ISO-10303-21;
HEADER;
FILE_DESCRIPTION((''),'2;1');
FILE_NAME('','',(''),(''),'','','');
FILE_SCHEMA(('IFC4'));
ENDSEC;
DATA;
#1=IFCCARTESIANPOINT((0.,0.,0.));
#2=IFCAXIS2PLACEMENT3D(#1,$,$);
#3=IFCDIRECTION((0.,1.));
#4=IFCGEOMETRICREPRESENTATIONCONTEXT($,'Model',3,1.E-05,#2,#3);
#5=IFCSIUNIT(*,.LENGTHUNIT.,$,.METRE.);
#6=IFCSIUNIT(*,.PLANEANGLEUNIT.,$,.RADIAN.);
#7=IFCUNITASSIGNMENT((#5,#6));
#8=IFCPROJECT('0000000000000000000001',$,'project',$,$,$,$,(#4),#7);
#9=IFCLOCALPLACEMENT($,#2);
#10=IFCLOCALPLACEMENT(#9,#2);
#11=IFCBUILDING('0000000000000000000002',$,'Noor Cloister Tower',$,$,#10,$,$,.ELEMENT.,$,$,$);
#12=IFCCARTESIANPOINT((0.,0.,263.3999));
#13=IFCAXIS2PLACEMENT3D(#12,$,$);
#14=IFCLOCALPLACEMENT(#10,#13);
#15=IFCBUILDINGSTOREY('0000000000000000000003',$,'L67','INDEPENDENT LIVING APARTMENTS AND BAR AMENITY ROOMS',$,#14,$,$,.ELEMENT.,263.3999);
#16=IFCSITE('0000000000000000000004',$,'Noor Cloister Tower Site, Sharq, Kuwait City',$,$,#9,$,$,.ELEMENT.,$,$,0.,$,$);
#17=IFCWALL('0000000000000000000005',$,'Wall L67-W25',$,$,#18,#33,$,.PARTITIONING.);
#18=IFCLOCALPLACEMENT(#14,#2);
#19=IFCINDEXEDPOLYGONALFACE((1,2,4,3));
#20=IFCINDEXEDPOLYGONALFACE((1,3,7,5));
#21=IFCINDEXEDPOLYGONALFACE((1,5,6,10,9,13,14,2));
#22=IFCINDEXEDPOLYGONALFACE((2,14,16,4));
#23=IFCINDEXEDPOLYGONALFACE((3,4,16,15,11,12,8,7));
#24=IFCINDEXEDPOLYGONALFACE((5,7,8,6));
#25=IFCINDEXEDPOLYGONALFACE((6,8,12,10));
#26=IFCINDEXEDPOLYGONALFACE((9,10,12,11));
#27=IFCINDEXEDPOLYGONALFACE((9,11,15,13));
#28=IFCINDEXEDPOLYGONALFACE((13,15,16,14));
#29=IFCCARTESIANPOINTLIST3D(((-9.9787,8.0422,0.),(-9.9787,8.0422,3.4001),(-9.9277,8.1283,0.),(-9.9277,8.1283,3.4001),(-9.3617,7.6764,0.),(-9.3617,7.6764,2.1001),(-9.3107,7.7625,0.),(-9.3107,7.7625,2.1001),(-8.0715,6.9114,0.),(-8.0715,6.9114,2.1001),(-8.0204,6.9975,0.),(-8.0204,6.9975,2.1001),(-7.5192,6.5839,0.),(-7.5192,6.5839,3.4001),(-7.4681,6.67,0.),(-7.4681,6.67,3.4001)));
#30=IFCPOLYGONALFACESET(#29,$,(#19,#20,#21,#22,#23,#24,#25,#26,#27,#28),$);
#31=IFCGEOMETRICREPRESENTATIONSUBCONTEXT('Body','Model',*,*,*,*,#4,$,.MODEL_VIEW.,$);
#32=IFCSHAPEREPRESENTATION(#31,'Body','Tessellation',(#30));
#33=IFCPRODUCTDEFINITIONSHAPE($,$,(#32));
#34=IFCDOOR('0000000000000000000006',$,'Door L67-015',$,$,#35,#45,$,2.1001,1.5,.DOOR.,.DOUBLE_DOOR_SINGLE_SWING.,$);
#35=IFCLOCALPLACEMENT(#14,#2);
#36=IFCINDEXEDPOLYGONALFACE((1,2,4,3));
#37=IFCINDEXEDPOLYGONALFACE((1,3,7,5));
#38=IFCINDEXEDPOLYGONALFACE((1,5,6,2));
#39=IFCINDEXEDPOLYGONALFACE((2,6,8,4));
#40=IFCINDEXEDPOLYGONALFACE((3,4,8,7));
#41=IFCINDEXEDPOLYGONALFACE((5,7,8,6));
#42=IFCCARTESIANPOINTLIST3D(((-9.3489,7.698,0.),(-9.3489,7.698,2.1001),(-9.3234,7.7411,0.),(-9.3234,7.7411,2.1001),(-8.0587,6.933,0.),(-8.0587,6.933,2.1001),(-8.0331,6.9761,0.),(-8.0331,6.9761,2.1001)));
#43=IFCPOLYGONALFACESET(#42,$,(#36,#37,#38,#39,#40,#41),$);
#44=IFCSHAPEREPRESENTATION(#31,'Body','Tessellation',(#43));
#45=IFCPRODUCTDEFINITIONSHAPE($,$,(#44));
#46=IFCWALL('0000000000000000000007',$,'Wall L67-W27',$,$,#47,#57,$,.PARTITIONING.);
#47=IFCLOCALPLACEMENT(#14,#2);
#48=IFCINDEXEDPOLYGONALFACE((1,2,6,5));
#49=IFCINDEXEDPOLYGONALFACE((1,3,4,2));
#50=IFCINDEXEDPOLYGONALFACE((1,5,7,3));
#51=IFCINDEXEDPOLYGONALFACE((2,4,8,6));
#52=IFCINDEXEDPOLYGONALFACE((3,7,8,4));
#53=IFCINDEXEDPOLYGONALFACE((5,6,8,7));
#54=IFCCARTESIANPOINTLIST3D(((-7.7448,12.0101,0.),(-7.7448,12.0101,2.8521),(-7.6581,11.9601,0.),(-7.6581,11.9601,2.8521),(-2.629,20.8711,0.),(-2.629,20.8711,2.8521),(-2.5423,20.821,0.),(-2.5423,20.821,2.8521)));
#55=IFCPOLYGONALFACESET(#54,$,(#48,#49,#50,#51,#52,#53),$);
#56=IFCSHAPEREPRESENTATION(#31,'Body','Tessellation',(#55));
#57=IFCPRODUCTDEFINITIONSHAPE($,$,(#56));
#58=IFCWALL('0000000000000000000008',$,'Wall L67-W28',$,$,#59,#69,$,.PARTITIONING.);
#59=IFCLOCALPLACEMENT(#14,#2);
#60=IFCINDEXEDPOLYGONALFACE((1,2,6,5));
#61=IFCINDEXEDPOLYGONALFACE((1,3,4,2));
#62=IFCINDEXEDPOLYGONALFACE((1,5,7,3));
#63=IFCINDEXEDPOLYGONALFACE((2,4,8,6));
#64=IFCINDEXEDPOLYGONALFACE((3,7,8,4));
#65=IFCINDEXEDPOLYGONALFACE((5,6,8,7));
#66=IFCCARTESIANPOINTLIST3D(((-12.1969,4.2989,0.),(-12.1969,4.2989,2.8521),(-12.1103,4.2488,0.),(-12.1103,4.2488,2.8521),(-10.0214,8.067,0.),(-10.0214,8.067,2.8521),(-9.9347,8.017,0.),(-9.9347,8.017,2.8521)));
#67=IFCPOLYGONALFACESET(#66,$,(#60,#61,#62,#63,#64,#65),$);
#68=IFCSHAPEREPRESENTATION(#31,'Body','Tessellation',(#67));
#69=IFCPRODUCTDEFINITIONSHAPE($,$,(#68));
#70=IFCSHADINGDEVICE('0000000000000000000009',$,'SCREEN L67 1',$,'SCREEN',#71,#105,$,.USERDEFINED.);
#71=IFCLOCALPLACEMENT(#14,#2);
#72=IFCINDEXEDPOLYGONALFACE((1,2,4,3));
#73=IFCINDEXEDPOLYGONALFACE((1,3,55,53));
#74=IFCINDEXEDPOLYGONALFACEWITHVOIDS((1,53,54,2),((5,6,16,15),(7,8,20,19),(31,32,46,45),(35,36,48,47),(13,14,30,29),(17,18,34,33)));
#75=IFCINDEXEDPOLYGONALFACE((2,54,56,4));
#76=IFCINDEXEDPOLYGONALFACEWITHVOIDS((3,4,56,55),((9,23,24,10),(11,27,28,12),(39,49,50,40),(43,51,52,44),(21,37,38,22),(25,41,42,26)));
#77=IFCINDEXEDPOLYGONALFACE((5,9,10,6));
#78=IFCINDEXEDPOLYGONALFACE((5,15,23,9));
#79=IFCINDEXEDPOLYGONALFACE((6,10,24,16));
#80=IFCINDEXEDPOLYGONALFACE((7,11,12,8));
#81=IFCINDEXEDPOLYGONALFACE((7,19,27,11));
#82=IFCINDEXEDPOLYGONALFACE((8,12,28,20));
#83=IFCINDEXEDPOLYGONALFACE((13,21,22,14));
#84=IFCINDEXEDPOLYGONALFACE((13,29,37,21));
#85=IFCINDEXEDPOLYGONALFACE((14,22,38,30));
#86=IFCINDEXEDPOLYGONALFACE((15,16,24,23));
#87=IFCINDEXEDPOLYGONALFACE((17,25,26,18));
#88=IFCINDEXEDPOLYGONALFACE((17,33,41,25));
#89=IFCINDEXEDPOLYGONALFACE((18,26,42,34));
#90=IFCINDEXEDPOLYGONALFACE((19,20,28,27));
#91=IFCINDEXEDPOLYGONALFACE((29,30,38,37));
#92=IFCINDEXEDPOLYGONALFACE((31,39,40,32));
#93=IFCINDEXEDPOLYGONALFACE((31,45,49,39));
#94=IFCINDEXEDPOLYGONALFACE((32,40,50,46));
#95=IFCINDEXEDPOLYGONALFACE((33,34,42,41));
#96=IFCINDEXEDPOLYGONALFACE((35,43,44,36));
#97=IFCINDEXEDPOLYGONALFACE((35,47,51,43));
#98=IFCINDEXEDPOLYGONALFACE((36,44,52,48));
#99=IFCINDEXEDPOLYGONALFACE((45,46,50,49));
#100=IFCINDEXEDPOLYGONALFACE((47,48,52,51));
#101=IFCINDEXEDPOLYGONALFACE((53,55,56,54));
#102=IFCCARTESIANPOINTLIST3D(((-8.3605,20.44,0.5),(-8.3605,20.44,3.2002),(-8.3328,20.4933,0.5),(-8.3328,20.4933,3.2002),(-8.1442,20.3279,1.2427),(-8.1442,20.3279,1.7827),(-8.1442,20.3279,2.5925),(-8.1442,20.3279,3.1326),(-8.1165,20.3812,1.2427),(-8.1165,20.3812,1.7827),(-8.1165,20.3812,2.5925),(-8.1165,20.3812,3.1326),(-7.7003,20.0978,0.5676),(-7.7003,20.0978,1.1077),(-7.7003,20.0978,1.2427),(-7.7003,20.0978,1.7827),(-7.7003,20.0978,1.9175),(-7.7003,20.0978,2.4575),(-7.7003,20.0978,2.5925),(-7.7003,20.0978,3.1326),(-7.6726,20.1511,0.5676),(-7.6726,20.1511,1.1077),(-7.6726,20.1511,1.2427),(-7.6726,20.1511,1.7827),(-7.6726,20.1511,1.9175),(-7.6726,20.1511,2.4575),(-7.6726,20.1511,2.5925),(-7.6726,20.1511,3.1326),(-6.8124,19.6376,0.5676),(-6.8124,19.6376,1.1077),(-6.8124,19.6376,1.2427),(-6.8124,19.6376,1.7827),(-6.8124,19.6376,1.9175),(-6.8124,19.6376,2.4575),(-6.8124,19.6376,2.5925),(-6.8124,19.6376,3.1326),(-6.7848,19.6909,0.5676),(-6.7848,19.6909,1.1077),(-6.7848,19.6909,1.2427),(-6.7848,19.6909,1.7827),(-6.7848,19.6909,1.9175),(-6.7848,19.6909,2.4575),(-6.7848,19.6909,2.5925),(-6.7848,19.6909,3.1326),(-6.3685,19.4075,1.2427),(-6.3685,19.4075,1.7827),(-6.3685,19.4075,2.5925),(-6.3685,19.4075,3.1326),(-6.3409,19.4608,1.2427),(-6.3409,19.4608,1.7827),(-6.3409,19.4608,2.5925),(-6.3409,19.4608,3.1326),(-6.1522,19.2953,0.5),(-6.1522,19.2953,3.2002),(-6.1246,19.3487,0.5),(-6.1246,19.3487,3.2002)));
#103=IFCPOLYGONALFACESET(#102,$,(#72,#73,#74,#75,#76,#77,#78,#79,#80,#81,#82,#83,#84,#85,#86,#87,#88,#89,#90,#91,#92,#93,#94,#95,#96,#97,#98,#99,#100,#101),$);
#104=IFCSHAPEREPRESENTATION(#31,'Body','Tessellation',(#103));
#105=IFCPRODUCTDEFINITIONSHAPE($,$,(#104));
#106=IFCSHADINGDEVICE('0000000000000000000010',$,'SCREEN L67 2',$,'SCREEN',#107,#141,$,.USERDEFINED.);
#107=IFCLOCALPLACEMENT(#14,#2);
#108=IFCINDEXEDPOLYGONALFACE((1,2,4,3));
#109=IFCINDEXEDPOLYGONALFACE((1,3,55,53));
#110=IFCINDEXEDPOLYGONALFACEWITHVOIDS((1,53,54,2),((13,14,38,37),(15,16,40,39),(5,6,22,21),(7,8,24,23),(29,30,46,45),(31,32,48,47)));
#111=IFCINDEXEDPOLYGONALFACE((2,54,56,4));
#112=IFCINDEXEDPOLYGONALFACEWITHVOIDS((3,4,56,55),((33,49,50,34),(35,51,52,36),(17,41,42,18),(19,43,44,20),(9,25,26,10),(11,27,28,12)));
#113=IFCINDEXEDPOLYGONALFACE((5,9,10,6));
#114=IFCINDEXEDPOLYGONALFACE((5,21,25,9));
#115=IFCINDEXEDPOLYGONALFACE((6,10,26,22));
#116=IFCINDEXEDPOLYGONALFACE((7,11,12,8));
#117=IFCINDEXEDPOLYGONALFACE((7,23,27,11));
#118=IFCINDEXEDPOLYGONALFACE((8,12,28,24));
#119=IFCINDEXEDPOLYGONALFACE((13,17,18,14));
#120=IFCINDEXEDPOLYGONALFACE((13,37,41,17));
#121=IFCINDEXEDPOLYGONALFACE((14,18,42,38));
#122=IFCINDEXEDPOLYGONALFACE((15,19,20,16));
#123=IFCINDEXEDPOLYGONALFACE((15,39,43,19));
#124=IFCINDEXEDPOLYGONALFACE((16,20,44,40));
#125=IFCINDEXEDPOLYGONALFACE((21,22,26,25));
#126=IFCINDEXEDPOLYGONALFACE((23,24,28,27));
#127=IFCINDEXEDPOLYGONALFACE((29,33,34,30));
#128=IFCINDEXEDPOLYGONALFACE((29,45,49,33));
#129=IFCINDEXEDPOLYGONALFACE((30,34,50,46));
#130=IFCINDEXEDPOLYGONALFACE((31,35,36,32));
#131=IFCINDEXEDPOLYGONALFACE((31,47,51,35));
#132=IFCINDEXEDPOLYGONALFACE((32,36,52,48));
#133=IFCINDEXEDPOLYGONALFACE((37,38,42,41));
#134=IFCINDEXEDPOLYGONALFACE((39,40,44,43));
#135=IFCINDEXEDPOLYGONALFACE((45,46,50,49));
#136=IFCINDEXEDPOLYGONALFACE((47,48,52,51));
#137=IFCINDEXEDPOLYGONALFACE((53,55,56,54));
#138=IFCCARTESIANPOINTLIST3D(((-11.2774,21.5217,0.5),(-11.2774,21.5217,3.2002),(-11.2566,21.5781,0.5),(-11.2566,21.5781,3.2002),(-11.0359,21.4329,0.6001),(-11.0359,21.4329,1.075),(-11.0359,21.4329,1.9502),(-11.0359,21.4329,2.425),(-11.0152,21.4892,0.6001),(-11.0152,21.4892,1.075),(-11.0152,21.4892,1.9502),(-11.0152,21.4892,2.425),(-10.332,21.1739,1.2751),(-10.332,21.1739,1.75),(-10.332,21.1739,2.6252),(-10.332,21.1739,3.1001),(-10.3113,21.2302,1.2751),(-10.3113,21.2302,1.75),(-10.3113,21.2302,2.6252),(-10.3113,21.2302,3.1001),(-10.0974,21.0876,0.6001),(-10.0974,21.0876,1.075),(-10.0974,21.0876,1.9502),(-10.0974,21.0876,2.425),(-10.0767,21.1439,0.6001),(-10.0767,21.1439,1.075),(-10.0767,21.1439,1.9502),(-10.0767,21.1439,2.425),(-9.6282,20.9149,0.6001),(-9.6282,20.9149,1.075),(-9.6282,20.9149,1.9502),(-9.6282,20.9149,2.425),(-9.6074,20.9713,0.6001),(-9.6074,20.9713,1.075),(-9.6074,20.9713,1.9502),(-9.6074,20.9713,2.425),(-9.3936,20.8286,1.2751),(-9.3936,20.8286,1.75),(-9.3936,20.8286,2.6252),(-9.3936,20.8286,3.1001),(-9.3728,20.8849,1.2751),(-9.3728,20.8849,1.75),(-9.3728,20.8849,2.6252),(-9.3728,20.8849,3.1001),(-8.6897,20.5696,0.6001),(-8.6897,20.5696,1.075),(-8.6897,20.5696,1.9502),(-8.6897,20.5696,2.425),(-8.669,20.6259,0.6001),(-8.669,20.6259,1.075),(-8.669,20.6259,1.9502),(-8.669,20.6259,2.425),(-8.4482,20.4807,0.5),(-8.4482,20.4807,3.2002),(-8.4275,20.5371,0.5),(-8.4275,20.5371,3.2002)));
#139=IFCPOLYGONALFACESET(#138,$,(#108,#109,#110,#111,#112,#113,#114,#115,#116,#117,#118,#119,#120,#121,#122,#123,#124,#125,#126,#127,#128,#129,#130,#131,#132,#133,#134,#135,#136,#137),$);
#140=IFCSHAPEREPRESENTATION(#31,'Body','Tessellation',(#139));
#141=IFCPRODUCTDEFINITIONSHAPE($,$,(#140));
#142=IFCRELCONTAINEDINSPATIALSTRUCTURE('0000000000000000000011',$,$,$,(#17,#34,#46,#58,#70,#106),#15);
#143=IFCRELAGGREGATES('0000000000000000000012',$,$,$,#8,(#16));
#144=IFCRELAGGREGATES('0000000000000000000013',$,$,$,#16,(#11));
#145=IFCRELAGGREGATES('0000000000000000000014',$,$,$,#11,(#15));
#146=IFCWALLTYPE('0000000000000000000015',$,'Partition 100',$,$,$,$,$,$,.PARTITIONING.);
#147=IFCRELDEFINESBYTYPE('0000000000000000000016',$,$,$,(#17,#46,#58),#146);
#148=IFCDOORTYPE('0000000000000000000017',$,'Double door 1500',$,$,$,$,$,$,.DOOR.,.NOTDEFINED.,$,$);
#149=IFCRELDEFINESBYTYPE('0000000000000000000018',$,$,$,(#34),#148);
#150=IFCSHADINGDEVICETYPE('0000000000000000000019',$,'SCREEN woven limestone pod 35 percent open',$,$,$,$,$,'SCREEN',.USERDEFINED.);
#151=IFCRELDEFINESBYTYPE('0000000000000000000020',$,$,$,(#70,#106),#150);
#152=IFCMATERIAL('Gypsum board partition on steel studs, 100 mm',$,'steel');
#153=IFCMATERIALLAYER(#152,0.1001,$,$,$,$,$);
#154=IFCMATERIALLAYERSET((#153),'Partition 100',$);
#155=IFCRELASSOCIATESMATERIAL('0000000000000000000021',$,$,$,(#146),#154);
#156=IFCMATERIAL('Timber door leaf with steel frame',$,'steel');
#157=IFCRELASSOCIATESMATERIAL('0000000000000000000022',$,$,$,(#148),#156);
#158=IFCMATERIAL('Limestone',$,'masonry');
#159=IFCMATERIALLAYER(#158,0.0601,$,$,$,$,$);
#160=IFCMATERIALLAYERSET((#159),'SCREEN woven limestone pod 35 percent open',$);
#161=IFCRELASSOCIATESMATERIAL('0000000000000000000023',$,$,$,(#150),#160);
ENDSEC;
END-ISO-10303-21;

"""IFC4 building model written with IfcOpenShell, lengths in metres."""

from ifc_helpers import new_model, si_unit, direction, frame, frame_2d, origin, place, context, subcontext, project, spatial, polyline, rectangle, outline, extrude, material, layer, layer_set, type_object, element, fill, save


model = new_model("IFC4")

# Units and contexts
model_context = context("Model", 3, precision=1e-05, world=origin(), true_north=direction((0.0, 1.0)))
body_context = subcontext(model_context, "Body", "Model", "MODEL_VIEW")
ifc_project = project(units=[si_unit("LENGTHUNIT", "METRE"), si_unit("PLANEANGLEUNIT", "RADIAN")], contexts=[model_context])

# Site, building, storey
site_placement = place(None, origin())
site = spatial("IfcSite", under=ifc_project, at=site_placement, Name="Noor Cloister Tower Site, Sharq, Kuwait City", CompositionType="ELEMENT", RefElevation=0.0)
building_placement = place(site_placement, origin())
building = spatial("IfcBuilding", under=site, at=building_placement, Name="Noor Cloister Tower", CompositionType="ELEMENT")
storey_placement = place(building_placement, frame((0.0, 0.0, 263.3999)))
storey = spatial("IfcBuildingStorey", under=building, at=storey_placement, Name="L67", Description="INDEPENDENT LIVING APARTMENTS AND BAR AMENITY ROOMS", CompositionType="ELEMENT", Elevation=263.3999)

# Wall, opening, door
ifc_material_1 = material(Name="Gypsum board partition on steel studs, 100 mm", Category="steel")
ifc_layer_1 = layer(ifc_material_1, 0.1001)
ifc_layer_set_1 = layer_set([ifc_layer_1], Name="Partition 100")
wall_type_1 = type_object("IfcWallType", Name="Partition 100", PredefinedType="PARTITIONING", material=ifc_layer_set_1)
wall_1_placement = place(storey_placement, frame((-7.4937, 6.627, 0.0), z_axis=(0.0, 0.0, 1.0), x_axis=(-0.860171, 0.510006, 0.0)))
wall_1 = element("IfcWall", 1, at=wall_1_placement, inside=storey, type_object=wall_type_1, Name="Wall L67-W25", PredefinedType="PARTITIONING", context=body_context, shape_type="SweptSolid", body=[
    extrude(rectangle(XDim=2.8594, YDim=0.1001, at=frame_2d((1.4297, 0.0))), origin(), (0.0, 0.0, 1.0), 3.4001),
])
opening_1_placement = place(wall_1_placement, frame((0.6421, 0.0, 0.0)))
opening_1 = element("IfcOpeningElement", 2, at=opening_1_placement, cuts=wall_1, PredefinedType="OPENING", context=body_context, shape_type="SweptSolid", body=[
    extrude(rectangle(XDim=1.5, YDim=2.1001, at=frame_2d((0.75, 1.05))), frame((0.0, 0.0601, 0.0), z_axis=(0.0, -1.0, 0.0), x_axis=(1.0, 0.0, 0.0)), (0.0, 0.0, 1.0), 0.1201),
])
ifc_material_2 = material(Name="Timber door leaf with steel frame", Category="steel")
door_type_1 = type_object("IfcDoorType", Name="Double door 1500", OperationType="NOTDEFINED", PredefinedType="DOOR", material=ifc_material_2)
door_1_placement = place(opening_1_placement, origin())
door_1 = element("IfcDoor", 3, at=door_1_placement, inside=storey, type_object=door_type_1, Name="Door L67-015", OperationType="DOUBLE_DOOR_SINGLE_SWING", OverallHeight=2.1001, OverallWidth=1.5, PredefinedType="DOOR", context=body_context, shape_type="SweptSolid", body=[
    extrude(rectangle(XDim=1.5, YDim=2.1001, at=frame_2d((0.75, 1.05))), frame((0.0, 0.0249, 0.0), z_axis=(0.0, -1.0, 0.0), x_axis=(1.0, 0.0, 0.0)), (0.0, 0.0, 1.0), 0.05),
])
fill(opening_1, door_1)

# Walls
wall_2_placement = place(storey_placement, frame((-2.5857, 20.8459, 0.0), z_axis=(0.0, 0.0, 1.0), x_axis=(-0.499994, -0.866029, 0.0)))
element("IfcWall", 4, at=wall_2_placement, inside=storey, type_object=wall_type_1, Name="Wall L67-W27", PredefinedType="PARTITIONING", context=body_context, shape_type="SweptSolid", body=[
    extrude(rectangle(XDim=10.2317, YDim=0.1001, at=frame_2d((5.1157, 0.0))), origin(), (0.0, 0.0, 1.0), 2.8521),
])
wall_3_placement = place(storey_placement, frame((-9.978, 8.042, 0.0), z_axis=(0.0, 0.0, 1.0), x_axis=(-0.500007, -0.866021, 0.0)))
element("IfcWall", 5, at=wall_3_placement, inside=storey, type_object=wall_type_1, Name="Wall L67-W28", PredefinedType="PARTITIONING", context=body_context, shape_type="SweptSolid", body=[
    extrude(rectangle(XDim=4.3511, YDim=0.1001, at=frame_2d((2.1755, 0.0))), origin(), (0.0, 0.0, 1.0), 2.8521),
])

# Shading devices
ifc_material_3 = material(Name="Limestone", Category="masonry")
ifc_layer_2 = layer(ifc_material_3, 0.0601)
ifc_layer_set_2 = layer_set([ifc_layer_2], Name="SCREEN woven limestone pod 35 percent open")
shading_device_type = type_object("IfcShadingDeviceType", Name="SCREEN woven limestone pod 35 percent open", ElementType="SCREEN", PredefinedType="USERDEFINED", material=ifc_layer_set_2)
shading_device_1_placement = place(storey_placement, frame((-7.2563, 19.8677, 1.8501), z_axis=(0.460198, 0.887816, 0.0), x_axis=(-0.887816, 0.460198, 0.0)))
element("IfcShadingDevice", 6, at=shading_device_1_placement, inside=storey, type_object=shading_device_type, Name="SCREEN L67 1", ObjectType="SCREEN", PredefinedType="USERDEFINED", context=body_context, shape_type="SweptSolid", body=[
    extrude(outline(polyline([(-1.2437, -1.3501), (1.2437, -1.3501), (1.2437, 1.3501), (-1.2437, 1.3501), (-1.2437, -1.3501)]), holes=[polyline([(-0.5, -1.2825), (0.5, -1.2825), (0.5, -0.7424), (-0.5, -0.7424), (-0.5, -1.2825)]), polyline([(-1.0, -0.6074), (-0.5, -0.6074), (-0.5, -0.0674), (-1.0, -0.0674), (-1.0, -0.6074)]), polyline([(0.5, -0.6074), (1.0, -0.6074), (1.0, -0.0674), (0.5, -0.0674), (0.5, -0.6074)]), polyline([(-0.5, 0.0674), (0.5, 0.0674), (0.5, 0.6074), (-0.5, 0.6074), (-0.5, 0.0674)]), polyline([(-1.0, 0.7424), (-0.5, 0.7424), (-0.5, 1.2825), (-1.0, 1.2825), (-1.0, 0.7424)]), polyline([(0.5, 0.7424), (1.0, 0.7424), (1.0, 1.2825), (0.5, 1.2825), (0.5, 0.7424)])]), origin(), (0.0, 0.0, 1.0), 0.0601),
])
shading_device_2_placement = place(storey_placement, frame((-9.8628, 21.0012, 1.8501), z_axis=(0.345329, 0.938482, 0.0), x_axis=(-0.938482, 0.345329, 0.0)))
element("IfcShadingDevice", 7, at=shading_device_2_placement, inside=storey, type_object=shading_device_type, Name="SCREEN L67 2", ObjectType="SCREEN", PredefinedType="USERDEFINED", context=body_context, shape_type="SweptSolid", body=[
    extrude(outline(polyline([(-1.5073, -1.3501), (1.5073, -1.3501), (1.5073, 1.3501), (-1.5073, 1.3501), (-1.5073, -1.3501)]), holes=[polyline([(-1.25, -1.25), (-0.25, -1.25), (-0.25, -0.7751), (-1.25, -0.7751), (-1.25, -1.25)]), polyline([(0.25, -1.25), (1.25, -1.25), (1.25, -0.7751), (0.25, -0.7751), (0.25, -1.25)]), polyline([(-0.5, -0.575), (0.5, -0.575), (0.5, -0.1001), (-0.5, -0.1001), (-0.5, -0.575)]), polyline([(-1.25, 0.1001), (-0.25, 0.1001), (-0.25, 0.575), (-1.25, 0.575), (-1.25, 0.1001)]), polyline([(0.25, 0.1001), (1.25, 0.1001), (1.25, 0.575), (0.25, 0.575), (0.25, 0.1001)]), polyline([(-0.5, 0.7751), (0.5, 0.7751), (0.5, 1.25), (-0.5, 1.25), (-0.5, 0.7751)])]), origin(), (0.0, 0.0, 1.0), 0.0601),
])

save(model, "model.ifc")
